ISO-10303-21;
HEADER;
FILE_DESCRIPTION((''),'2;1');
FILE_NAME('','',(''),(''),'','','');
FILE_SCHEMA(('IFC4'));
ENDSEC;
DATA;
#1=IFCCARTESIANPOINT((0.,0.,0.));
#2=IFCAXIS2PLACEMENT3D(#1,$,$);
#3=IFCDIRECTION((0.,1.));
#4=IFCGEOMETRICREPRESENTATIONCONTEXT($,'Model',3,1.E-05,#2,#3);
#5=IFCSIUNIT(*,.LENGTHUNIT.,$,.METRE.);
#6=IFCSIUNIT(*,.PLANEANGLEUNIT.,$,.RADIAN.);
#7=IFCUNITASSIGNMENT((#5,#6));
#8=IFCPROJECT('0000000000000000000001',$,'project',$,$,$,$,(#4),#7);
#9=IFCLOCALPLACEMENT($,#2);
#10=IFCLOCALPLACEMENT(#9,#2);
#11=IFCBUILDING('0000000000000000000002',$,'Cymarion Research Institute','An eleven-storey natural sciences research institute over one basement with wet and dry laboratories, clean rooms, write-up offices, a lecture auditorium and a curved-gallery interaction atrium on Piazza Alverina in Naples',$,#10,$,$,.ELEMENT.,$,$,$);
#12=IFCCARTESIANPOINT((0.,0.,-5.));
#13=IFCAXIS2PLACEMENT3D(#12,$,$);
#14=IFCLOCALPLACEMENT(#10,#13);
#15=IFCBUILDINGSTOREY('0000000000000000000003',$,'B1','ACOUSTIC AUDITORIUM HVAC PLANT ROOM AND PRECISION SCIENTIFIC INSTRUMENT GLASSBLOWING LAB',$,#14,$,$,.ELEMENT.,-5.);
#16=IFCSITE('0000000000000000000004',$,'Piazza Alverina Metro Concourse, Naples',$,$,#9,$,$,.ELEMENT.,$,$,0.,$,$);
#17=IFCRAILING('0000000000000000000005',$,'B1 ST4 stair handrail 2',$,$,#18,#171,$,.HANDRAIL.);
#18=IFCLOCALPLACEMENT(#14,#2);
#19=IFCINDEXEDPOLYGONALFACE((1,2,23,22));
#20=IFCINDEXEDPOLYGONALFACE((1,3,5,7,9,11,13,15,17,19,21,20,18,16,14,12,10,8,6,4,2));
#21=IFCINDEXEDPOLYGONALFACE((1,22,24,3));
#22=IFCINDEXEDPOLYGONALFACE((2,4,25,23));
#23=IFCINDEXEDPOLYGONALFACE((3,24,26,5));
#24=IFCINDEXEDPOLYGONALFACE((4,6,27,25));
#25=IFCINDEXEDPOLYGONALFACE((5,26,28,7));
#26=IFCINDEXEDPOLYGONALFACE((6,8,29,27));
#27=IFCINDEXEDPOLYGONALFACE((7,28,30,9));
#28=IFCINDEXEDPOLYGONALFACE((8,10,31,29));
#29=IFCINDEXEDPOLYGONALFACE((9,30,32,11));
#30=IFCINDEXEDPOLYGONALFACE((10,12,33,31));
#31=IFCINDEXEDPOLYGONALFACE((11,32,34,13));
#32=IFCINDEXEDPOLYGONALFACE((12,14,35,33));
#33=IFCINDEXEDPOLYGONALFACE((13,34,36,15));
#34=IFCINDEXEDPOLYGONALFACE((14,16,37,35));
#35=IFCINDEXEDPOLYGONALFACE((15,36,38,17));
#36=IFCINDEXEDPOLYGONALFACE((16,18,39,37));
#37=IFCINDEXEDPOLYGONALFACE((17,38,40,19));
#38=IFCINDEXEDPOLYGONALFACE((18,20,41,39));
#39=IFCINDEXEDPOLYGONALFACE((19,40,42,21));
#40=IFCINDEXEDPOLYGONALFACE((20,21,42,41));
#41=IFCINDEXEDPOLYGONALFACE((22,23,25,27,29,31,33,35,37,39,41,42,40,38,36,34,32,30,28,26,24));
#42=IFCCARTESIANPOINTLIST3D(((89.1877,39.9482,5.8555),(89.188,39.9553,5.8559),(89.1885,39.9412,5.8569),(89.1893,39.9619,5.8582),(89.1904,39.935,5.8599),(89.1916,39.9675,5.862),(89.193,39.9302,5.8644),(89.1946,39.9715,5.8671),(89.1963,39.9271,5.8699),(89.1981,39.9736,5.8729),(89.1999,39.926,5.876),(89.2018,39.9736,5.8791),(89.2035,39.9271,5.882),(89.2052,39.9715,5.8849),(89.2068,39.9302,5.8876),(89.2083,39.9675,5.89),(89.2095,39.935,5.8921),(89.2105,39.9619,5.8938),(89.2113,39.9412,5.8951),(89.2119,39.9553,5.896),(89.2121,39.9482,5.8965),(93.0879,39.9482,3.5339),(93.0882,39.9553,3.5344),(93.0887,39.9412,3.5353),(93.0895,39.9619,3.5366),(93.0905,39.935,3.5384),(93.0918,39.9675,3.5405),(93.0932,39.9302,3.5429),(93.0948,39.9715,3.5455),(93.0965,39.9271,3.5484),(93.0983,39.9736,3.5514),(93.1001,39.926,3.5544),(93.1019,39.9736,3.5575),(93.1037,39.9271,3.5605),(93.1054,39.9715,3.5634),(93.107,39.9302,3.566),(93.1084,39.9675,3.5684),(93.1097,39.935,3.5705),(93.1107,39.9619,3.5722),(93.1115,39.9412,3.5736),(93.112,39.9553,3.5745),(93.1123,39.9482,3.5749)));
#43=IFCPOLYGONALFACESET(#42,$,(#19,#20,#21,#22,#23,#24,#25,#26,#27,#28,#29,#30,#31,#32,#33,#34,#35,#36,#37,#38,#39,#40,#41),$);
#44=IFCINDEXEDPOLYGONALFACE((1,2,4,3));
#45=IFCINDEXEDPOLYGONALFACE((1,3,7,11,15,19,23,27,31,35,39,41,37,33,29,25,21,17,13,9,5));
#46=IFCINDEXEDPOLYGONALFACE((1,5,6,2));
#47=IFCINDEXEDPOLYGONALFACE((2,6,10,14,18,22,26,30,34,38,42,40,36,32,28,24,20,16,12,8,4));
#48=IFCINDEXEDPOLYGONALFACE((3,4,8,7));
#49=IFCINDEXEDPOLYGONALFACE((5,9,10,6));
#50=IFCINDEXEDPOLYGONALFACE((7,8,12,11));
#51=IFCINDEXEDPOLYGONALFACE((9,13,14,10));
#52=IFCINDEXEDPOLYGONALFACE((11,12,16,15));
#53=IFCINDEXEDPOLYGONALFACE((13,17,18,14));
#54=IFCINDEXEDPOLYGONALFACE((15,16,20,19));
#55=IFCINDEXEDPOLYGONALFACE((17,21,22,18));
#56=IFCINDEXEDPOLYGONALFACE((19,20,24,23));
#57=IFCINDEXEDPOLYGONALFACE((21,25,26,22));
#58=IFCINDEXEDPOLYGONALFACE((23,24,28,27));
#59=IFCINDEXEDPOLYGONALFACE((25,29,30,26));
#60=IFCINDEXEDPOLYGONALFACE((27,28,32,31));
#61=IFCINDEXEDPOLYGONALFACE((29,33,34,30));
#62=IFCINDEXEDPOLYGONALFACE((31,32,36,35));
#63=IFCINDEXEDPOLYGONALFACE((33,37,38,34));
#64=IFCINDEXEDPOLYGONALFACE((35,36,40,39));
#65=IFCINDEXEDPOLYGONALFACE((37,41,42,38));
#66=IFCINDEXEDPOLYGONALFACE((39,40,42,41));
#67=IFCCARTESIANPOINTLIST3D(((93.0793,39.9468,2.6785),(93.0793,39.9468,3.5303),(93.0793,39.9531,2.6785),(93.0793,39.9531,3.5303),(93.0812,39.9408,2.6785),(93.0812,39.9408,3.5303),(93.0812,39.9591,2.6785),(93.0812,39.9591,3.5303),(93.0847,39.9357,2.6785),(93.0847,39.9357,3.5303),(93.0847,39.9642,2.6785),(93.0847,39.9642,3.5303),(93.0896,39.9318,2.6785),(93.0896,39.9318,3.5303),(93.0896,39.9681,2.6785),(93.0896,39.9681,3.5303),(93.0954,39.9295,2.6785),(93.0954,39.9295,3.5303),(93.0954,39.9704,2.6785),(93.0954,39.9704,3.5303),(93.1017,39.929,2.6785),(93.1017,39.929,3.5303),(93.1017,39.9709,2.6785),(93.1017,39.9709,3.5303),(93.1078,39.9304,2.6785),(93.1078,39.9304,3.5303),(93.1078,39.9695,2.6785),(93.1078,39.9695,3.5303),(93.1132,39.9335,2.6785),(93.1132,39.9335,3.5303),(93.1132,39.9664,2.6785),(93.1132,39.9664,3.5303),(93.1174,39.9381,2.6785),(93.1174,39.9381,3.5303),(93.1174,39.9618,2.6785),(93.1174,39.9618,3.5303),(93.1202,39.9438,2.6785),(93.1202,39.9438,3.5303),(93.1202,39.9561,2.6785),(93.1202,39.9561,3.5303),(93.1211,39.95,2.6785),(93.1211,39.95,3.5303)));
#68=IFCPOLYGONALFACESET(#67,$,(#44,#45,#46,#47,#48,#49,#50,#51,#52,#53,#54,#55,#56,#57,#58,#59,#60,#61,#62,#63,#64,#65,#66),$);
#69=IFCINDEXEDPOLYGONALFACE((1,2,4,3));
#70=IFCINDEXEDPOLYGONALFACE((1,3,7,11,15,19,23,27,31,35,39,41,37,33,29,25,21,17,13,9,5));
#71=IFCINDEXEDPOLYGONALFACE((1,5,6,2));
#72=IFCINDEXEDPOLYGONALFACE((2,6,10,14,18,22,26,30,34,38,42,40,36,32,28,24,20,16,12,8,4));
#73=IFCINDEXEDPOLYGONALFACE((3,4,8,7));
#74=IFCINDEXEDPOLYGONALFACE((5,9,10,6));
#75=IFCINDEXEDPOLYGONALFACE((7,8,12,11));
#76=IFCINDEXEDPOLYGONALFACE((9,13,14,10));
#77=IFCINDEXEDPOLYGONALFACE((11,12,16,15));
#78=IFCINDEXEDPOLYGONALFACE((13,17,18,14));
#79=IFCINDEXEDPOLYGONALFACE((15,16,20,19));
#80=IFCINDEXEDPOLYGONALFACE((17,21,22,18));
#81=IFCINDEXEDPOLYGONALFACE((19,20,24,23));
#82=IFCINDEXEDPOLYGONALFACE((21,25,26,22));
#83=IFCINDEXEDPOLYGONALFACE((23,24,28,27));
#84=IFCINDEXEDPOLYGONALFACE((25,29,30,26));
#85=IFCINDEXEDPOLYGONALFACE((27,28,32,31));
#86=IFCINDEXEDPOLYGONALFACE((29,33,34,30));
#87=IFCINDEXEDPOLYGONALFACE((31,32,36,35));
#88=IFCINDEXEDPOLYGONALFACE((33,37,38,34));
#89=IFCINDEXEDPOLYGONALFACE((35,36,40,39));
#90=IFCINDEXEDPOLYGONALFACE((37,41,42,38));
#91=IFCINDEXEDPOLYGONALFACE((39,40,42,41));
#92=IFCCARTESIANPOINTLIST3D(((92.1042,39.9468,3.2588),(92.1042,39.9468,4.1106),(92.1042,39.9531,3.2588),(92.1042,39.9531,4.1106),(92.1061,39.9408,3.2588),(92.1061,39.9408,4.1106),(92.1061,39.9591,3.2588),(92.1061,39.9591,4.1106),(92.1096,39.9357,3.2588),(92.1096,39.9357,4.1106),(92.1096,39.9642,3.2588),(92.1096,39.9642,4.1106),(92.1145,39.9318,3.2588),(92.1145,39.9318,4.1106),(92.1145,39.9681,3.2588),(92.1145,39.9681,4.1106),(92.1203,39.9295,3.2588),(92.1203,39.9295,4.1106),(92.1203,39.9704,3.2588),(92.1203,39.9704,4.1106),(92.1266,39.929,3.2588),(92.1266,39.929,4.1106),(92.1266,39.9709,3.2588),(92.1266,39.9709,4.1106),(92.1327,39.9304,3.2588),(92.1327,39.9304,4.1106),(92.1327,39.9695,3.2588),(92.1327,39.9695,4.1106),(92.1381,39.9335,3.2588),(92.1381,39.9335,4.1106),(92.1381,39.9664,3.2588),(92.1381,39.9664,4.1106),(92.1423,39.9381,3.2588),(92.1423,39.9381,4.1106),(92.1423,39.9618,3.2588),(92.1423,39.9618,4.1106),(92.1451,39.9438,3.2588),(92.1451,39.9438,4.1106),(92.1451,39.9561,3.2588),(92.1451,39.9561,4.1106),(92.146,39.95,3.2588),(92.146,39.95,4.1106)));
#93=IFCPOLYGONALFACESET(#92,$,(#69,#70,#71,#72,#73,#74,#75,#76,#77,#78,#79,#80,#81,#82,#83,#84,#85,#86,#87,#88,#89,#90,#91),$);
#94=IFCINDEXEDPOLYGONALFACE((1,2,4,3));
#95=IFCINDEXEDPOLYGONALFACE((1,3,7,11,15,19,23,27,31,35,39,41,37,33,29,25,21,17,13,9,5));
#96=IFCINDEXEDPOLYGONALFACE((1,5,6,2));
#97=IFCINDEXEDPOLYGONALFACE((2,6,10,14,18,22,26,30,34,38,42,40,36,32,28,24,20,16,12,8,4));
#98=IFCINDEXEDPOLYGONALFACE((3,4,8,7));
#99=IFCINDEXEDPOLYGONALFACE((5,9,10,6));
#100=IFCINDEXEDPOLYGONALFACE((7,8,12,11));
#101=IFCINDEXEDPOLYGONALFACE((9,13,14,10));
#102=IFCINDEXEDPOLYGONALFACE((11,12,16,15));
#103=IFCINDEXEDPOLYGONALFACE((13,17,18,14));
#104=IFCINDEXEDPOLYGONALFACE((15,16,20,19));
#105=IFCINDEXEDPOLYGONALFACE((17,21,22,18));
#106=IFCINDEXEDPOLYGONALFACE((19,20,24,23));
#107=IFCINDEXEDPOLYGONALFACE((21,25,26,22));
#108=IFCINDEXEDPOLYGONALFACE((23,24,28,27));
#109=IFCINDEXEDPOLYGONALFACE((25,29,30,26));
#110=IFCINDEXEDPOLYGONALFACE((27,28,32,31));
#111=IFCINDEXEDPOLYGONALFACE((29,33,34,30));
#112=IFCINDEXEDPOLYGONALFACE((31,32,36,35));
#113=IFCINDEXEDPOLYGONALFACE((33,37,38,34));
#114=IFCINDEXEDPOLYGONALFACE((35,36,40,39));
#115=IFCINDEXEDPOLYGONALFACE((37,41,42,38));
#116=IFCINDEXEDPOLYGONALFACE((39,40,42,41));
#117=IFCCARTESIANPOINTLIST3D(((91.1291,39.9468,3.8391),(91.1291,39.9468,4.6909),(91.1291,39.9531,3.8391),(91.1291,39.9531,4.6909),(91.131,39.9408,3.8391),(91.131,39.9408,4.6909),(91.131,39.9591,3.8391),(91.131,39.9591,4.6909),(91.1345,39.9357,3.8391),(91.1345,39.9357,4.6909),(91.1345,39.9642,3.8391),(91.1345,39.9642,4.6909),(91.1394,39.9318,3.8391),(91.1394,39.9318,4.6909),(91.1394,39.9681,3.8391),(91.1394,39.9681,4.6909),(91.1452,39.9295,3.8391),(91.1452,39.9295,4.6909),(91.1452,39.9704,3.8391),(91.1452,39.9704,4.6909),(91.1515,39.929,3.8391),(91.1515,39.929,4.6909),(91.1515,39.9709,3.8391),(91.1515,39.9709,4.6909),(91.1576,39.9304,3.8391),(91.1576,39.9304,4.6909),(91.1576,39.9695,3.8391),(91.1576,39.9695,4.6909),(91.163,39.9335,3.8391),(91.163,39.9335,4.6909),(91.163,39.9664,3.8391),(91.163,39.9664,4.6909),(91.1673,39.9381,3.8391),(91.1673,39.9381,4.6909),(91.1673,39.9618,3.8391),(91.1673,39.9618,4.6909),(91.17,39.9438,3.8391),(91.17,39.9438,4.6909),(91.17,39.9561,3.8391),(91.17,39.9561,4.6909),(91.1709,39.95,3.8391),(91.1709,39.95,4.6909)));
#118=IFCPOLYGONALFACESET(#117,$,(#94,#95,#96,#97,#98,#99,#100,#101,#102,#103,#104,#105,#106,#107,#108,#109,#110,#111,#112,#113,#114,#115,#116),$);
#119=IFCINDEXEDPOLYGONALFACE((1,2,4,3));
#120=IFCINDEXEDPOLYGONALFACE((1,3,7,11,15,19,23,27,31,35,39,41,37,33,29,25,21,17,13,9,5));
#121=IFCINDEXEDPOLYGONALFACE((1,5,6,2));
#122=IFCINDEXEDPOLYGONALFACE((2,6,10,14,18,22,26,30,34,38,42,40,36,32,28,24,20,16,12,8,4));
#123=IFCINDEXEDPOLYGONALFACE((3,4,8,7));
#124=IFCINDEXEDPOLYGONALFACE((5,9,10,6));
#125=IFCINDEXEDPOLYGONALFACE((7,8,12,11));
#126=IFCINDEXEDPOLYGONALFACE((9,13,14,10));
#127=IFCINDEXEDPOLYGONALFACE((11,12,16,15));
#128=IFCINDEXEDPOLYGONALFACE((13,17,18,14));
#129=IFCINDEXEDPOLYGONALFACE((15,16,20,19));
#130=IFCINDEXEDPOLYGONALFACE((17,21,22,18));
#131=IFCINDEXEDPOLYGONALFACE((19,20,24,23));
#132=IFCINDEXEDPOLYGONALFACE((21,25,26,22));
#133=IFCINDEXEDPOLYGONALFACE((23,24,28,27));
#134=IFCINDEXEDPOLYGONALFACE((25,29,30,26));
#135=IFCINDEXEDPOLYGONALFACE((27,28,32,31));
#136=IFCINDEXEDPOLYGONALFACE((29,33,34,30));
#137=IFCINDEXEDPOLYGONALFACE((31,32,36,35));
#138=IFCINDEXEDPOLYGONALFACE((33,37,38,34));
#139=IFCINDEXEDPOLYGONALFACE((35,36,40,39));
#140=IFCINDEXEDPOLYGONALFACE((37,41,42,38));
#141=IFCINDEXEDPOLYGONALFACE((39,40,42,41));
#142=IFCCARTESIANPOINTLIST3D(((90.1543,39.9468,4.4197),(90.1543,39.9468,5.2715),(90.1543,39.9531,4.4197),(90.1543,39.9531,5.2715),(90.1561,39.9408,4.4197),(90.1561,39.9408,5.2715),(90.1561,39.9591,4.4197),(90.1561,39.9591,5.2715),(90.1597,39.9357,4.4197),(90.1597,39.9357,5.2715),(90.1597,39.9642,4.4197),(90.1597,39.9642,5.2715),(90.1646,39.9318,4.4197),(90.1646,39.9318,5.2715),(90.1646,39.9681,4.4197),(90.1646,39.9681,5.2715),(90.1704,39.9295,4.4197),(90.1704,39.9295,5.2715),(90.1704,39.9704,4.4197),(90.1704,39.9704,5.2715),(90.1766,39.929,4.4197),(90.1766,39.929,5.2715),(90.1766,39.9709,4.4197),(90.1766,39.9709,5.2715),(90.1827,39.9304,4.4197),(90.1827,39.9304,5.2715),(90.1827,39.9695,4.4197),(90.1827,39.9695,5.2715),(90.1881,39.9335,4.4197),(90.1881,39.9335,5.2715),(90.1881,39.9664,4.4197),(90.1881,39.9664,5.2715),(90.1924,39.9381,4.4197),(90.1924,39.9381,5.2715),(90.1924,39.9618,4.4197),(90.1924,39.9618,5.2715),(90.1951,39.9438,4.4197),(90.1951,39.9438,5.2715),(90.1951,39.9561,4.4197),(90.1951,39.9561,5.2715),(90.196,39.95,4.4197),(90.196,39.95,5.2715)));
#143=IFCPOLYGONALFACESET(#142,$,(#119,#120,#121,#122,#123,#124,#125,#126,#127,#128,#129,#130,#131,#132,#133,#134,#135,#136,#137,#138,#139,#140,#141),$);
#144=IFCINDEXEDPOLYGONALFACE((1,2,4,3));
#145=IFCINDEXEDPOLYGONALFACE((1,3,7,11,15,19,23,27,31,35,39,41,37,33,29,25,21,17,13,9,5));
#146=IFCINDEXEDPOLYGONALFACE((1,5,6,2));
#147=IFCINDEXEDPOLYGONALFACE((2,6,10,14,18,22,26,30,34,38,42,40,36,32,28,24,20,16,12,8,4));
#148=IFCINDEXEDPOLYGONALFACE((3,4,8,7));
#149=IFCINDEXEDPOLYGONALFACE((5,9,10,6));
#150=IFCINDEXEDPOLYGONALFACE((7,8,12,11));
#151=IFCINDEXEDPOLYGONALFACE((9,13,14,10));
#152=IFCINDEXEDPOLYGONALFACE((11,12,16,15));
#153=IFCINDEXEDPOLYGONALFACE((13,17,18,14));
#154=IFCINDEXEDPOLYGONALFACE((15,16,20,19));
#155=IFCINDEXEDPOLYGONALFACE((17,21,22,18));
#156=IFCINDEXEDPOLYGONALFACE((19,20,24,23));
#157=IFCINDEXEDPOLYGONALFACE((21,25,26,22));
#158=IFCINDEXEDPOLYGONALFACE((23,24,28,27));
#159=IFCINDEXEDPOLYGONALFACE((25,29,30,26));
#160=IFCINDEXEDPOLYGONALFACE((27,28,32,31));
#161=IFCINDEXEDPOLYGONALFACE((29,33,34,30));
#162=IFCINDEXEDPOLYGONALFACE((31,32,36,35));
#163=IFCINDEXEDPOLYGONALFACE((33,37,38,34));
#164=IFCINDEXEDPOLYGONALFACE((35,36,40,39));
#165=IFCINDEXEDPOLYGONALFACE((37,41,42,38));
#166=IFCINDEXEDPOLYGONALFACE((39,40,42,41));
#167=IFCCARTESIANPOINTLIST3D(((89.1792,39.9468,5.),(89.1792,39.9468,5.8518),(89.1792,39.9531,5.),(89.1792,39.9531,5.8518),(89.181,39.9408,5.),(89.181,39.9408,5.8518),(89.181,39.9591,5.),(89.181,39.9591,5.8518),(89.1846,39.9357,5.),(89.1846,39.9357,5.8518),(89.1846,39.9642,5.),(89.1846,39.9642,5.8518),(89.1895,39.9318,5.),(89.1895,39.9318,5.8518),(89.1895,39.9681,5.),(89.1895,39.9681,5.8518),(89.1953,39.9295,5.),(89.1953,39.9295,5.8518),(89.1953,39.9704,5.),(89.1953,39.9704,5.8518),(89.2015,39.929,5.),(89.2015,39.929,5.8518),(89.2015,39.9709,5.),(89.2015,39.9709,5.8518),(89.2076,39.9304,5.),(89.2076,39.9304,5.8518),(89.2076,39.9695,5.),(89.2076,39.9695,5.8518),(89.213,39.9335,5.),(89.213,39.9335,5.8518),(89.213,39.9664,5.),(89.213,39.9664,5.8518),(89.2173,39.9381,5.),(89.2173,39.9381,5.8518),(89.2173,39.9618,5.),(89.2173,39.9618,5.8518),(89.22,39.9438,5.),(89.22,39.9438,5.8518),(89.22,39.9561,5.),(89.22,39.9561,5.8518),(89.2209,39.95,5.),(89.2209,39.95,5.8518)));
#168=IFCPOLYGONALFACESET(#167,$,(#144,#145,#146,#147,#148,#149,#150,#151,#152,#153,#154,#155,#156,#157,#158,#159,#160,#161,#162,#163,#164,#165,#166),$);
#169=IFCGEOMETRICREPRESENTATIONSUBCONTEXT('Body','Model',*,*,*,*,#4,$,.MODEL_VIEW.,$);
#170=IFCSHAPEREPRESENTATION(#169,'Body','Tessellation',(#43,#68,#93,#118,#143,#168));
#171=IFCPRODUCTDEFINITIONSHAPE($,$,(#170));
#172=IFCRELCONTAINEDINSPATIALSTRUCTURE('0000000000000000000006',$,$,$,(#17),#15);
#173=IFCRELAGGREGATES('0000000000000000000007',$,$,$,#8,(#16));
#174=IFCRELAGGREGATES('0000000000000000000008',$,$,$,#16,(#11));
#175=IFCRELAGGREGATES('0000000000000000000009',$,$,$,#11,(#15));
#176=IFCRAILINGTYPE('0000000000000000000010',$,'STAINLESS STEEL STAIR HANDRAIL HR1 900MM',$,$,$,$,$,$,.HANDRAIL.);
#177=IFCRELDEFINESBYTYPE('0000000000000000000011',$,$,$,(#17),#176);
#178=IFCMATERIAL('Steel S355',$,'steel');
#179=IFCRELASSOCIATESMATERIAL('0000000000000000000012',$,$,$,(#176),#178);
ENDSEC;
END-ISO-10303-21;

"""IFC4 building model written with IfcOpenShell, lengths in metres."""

from ifc_helpers import new_model, si_unit, direction, frame, origin, origin_2d, place, context, subcontext, project, spatial, circle, extrude, material, type_object, element, save


model = new_model("IFC4")

# Units and contexts
model_context = context("Model", 3, precision=1e-05, world=origin(), true_north=direction((0.0, 1.0)))
body_context = subcontext(model_context, "Body", "Model", "MODEL_VIEW")
ifc_project = project(units=[si_unit("LENGTHUNIT", "METRE"), si_unit("PLANEANGLEUNIT", "RADIAN")], contexts=[model_context])

# Site, building, storey
site_placement = place(None, origin())
site = spatial("IfcSite", under=ifc_project, at=site_placement, Name="Piazza Alverina Metro Concourse, Naples", CompositionType="ELEMENT", RefElevation=0.0)
building_placement = place(site_placement, origin())
building = spatial("IfcBuilding", under=site, at=building_placement, Name="Cymarion Research Institute", Description="An eleven-storey natural sciences research institute over one basement with wet and dry laboratories, clean rooms, write-up offices, a lecture auditorium and a curved-gallery interaction atrium on Piazza Alverina in Naples", CompositionType="ELEMENT")
storey_placement = place(building_placement, frame((0.0, 0.0, -5.0)))
storey = spatial("IfcBuildingStorey", under=building, at=storey_placement, Name="B1", Description="ACOUSTIC AUDITORIUM HVAC PLANT ROOM AND PRECISION SCIENTIFIC INSTRUMENT GLASSBLOWING LAB", CompositionType="ELEMENT", Elevation=-5.0)

# Shared definitions
ifc_material_1 = material(Name="Steel S355", Category="steel")

# Railing
railing_type_1 = type_object("IfcRailingType", Name="STAINLESS STEEL STAIR HANDRAIL HR1 900MM", PredefinedType="HANDRAIL", material=ifc_material_1)
for number, where, name in (
    (1, (93.1001, 39.95, 2.6785), "B1 ST4 stair handrail 2"),
):
    element("IfcRailing", number, at=place(storey_placement, frame(where)), inside=storey, type_object=railing_type_1, Name=name, PredefinedType="HANDRAIL", context=body_context, shape_type="SweptSolid", body=[
        extrude(circle(Radius=0.0239, at=origin_2d()), frame((0.0, 0.0, 0.876), z_axis=(-0.859291, 0.0, 0.511487), x_axis=(0.0, -1.0, 0.0)), (0.0, 0.0, 1.0), 4.5388),
        extrude(circle(Radius=0.021, at=origin_2d()), origin(), (0.0, 0.0, 1.0), 0.8518),
        extrude(circle(Radius=0.021, at=origin_2d()), frame((-0.9751, 0.0, 0.5803)), (0.0, 0.0, 1.0), 0.8518),
        extrude(circle(Radius=0.021, at=origin_2d()), frame((-1.9502, 0.0, 1.1606)), (0.0, 0.0, 1.0), 0.8518),
        extrude(circle(Radius=0.021, at=origin_2d()), frame((-2.925, 0.0, 1.7412)), (0.0, 0.0, 1.0), 0.8518),
        extrude(circle(Radius=0.021, at=origin_2d()), frame((-3.9001, 0.0, 2.3215)), (0.0, 0.0, 1.0), 0.8518),
    ])

save(model, "model.ifc")
